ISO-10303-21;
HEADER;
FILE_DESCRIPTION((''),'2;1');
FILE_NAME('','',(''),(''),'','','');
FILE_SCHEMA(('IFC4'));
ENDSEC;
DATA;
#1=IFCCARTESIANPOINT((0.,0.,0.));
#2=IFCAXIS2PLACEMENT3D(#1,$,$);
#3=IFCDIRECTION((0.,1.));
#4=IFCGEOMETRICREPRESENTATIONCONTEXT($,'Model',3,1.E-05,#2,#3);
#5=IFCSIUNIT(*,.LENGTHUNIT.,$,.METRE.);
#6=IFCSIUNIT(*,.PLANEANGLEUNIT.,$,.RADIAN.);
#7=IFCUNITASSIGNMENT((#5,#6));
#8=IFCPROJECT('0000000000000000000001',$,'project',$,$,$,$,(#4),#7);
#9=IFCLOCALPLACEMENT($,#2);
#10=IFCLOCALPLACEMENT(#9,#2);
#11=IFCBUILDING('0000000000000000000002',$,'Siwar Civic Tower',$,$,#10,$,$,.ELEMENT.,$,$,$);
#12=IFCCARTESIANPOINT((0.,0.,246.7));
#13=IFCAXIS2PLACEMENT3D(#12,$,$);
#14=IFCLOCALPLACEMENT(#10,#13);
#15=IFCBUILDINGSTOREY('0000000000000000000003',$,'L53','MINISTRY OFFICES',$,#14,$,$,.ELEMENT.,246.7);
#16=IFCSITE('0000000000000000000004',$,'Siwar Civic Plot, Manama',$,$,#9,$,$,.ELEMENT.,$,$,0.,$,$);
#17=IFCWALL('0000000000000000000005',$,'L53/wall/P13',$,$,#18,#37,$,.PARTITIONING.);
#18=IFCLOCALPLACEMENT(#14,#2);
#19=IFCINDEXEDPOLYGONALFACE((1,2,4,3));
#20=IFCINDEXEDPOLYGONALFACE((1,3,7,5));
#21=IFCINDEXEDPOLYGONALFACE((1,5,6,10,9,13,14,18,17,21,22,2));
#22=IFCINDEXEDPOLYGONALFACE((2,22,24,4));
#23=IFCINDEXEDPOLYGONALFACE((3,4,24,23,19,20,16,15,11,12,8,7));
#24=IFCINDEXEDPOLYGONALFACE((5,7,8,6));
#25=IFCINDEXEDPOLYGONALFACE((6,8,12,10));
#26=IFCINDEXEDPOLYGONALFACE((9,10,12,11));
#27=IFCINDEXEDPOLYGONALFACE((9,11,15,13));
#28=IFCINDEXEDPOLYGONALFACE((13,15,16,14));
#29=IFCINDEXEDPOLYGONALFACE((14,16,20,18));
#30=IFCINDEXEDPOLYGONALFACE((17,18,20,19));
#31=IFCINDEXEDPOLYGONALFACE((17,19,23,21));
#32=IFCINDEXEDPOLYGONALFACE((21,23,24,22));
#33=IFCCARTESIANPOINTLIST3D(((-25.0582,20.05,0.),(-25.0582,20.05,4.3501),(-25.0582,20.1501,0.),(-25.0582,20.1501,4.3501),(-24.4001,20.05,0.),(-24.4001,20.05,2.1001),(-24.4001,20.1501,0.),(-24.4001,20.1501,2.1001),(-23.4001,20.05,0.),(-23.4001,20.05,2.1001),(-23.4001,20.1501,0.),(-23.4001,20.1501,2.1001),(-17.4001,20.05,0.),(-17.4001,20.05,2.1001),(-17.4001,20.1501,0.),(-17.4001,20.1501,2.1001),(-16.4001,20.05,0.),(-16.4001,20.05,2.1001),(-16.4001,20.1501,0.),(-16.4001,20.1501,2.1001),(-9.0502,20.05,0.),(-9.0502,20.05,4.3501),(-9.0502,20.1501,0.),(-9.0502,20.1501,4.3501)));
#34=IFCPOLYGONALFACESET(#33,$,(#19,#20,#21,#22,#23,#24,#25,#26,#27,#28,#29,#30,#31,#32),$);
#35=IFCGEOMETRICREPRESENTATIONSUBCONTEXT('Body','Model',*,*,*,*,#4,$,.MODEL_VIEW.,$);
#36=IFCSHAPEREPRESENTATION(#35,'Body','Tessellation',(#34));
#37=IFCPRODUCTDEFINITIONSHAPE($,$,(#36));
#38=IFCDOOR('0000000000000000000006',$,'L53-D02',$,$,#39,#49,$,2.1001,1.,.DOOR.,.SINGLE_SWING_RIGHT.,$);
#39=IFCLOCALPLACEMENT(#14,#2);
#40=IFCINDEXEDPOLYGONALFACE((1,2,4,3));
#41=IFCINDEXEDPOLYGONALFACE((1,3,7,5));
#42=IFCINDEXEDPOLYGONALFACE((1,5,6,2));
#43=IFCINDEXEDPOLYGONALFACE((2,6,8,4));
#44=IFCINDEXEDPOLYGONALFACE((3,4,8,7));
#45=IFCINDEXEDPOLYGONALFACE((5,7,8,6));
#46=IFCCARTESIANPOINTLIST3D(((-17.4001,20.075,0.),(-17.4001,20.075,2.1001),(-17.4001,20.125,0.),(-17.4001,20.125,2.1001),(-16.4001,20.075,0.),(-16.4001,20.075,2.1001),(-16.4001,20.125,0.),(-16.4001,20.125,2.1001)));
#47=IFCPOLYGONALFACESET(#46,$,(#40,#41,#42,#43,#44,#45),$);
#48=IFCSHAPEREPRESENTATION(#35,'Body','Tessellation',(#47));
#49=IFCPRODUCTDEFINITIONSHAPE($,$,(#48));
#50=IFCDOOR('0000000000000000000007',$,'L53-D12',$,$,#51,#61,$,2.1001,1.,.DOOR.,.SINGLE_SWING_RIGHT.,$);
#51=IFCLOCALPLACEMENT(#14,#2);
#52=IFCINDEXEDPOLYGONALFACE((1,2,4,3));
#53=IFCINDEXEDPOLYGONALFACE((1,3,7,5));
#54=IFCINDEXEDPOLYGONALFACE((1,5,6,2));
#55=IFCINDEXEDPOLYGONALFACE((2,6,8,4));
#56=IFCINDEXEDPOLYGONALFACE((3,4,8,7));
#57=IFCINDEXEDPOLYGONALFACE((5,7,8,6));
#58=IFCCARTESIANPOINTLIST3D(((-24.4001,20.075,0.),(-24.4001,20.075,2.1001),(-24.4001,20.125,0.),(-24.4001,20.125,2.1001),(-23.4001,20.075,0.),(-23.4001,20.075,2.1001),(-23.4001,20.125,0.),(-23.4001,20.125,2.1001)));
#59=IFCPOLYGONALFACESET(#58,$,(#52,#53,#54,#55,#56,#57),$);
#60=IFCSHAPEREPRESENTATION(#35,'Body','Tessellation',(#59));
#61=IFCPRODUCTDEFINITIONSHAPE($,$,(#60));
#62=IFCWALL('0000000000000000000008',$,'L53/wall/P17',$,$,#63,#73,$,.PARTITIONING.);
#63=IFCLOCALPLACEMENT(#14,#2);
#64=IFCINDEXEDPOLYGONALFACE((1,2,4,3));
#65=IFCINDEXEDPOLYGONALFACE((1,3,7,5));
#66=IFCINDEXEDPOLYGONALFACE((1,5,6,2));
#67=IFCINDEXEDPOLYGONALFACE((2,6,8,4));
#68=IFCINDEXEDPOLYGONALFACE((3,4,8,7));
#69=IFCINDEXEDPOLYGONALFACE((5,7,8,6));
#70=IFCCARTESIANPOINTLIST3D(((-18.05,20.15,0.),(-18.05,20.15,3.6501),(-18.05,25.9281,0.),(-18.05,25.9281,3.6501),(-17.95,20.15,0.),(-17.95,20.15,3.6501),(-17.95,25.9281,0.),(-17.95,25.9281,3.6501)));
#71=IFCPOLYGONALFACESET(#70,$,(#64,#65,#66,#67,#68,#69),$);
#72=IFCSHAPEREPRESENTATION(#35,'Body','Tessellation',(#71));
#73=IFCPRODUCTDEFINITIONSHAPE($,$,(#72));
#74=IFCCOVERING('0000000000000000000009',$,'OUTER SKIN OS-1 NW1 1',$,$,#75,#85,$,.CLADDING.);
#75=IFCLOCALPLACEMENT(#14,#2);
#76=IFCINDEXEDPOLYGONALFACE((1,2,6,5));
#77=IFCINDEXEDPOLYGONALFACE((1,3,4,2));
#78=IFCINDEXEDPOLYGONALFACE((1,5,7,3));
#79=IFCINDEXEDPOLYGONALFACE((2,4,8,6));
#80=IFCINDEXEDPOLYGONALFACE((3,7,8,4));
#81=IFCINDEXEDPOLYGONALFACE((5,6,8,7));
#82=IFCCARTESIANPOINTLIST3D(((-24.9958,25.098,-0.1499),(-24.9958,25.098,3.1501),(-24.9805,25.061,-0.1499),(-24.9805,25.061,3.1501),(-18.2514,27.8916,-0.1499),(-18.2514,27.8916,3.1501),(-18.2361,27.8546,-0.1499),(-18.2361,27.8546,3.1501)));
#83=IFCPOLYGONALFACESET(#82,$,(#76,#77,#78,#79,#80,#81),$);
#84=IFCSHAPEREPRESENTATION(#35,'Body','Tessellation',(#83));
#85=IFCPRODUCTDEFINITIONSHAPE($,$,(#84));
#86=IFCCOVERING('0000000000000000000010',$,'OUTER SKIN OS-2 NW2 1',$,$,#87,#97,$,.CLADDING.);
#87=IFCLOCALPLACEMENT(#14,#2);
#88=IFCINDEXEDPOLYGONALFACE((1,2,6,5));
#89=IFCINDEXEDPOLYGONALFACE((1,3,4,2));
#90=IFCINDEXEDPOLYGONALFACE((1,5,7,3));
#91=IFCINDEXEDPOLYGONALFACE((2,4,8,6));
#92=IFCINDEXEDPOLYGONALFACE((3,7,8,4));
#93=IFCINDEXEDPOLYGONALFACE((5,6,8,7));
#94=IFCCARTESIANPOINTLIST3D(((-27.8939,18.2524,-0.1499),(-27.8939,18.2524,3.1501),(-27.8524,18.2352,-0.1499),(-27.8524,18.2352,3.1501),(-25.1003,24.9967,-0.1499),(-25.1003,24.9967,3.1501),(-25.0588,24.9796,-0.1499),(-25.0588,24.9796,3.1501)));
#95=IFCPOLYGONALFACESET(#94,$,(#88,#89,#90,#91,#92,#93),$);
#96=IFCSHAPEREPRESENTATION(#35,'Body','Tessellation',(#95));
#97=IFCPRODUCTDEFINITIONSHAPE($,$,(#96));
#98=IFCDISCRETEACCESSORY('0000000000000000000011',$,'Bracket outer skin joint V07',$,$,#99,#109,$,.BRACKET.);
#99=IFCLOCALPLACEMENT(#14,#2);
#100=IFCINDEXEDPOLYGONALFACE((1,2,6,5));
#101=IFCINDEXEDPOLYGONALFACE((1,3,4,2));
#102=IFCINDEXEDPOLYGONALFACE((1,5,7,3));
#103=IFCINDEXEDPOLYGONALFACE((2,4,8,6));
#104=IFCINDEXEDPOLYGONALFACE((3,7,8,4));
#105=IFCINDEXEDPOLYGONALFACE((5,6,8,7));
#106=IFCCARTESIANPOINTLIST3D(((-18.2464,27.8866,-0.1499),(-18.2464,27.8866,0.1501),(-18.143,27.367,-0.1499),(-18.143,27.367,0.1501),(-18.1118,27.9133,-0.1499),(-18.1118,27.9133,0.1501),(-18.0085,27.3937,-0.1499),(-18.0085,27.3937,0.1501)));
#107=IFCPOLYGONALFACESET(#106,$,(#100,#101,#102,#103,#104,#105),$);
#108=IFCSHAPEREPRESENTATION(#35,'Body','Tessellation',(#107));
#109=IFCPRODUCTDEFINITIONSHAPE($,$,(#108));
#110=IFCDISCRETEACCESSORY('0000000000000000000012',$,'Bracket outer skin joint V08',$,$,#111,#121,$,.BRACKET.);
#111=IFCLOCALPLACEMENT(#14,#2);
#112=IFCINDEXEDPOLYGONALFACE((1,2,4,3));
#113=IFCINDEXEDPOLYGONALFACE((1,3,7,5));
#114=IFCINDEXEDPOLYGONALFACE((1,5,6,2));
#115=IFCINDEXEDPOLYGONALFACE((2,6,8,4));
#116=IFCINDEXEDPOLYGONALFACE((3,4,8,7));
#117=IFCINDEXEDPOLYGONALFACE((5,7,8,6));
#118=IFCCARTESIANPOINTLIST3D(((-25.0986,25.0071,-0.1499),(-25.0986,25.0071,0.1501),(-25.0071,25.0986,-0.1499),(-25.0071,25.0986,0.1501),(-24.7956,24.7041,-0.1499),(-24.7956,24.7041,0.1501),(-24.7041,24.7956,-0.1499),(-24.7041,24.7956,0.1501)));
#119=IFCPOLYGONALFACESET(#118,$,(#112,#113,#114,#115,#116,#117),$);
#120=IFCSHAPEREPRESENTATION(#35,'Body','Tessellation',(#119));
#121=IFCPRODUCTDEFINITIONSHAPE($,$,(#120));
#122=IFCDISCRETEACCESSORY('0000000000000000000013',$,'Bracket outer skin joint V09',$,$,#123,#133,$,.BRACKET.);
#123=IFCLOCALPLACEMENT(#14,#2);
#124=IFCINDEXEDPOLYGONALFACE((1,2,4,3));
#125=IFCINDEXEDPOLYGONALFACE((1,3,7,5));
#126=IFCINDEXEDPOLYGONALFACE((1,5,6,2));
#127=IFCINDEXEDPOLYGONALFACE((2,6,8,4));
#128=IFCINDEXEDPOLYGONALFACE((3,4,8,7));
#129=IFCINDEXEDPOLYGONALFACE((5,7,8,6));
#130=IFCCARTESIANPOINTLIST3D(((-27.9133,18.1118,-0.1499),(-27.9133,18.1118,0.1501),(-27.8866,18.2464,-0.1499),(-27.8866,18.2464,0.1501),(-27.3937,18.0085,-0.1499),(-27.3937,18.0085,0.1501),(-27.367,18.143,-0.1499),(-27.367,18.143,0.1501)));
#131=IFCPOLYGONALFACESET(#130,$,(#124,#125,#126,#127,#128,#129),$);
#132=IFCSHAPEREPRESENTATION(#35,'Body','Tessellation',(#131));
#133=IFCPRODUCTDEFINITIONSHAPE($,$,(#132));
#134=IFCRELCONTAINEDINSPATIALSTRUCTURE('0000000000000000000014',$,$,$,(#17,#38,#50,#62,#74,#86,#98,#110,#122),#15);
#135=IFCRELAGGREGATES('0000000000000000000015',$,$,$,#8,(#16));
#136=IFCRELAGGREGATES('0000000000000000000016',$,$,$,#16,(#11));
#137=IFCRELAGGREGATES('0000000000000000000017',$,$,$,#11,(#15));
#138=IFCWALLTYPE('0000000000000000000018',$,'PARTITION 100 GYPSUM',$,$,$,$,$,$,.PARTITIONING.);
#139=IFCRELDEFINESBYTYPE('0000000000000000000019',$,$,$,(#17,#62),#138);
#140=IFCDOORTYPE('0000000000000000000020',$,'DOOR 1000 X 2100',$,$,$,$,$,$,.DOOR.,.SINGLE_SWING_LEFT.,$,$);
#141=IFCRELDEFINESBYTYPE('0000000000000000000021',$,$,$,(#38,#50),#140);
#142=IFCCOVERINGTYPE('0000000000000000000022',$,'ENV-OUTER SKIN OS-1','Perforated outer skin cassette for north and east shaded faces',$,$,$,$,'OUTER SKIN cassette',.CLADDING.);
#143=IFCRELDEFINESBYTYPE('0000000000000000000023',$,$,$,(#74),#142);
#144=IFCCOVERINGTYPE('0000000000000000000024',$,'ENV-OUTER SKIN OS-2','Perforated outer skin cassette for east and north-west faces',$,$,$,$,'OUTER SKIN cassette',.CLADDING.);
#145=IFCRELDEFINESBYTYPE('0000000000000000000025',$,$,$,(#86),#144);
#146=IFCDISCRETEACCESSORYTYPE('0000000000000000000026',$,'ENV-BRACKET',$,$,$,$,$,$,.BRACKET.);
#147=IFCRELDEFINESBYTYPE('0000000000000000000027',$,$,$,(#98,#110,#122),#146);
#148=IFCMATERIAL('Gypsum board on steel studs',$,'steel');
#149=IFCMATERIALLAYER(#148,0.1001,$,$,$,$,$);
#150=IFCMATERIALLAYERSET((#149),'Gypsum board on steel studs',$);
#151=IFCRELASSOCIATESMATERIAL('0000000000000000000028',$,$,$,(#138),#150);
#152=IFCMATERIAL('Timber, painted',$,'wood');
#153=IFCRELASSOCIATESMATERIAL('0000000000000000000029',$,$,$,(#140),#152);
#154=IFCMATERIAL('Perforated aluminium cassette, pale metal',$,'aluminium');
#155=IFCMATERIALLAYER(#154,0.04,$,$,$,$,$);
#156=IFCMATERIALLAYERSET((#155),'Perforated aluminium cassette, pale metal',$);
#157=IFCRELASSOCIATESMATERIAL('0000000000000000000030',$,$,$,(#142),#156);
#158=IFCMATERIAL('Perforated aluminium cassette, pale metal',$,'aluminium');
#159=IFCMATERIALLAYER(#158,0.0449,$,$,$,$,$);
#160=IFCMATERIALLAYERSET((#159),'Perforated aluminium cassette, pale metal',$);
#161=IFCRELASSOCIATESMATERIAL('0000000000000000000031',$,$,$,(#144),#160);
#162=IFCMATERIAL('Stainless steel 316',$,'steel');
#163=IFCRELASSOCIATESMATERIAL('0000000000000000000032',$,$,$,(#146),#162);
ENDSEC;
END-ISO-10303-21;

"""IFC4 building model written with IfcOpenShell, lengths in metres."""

from ifc_helpers import new_model, si_unit, direction, frame, frame_2d, origin, origin_2d, place, context, subcontext, project, spatial, rectangle, extrude, material, layer, layer_set, type_object, element, fill, save


model = new_model("IFC4")

# Units and contexts
model_context = context("Model", 3, precision=1e-05, world=origin(), true_north=direction((0.0, 1.0)))
body_context = subcontext(model_context, "Body", "Model", "MODEL_VIEW")
ifc_project = project(units=[si_unit("LENGTHUNIT", "METRE"), si_unit("PLANEANGLEUNIT", "RADIAN")], contexts=[model_context])

# Site, building, storey
site_placement = place(None, origin())
site = spatial("IfcSite", under=ifc_project, at=site_placement, Name="Siwar Civic Plot, Manama", CompositionType="ELEMENT", RefElevation=0.0)
building_placement = place(site_placement, origin())
building = spatial("IfcBuilding", under=site, at=building_placement, Name="Siwar Civic Tower", CompositionType="ELEMENT")
storey_placement = place(building_placement, frame((0.0, 0.0, 246.7)))
storey = spatial("IfcBuildingStorey", under=building, at=storey_placement, Name="L53", Description="MINISTRY OFFICES", CompositionType="ELEMENT", Elevation=246.7)

# Wall, openings, doors
ifc_material_1 = material(Name="Gypsum board on steel studs", Category="steel")
ifc_layer_1 = layer(ifc_material_1, 0.1001)
ifc_layer_set_1 = layer_set([ifc_layer_1], Name="Gypsum board on steel studs")
wall_type = type_object("IfcWallType", Name="PARTITION 100 GYPSUM", PredefinedType="PARTITIONING", material=ifc_layer_set_1)
wall_1_placement = place(storey_placement, frame((-25.0581, 20.1001, 0.0), z_axis=(0.0, 0.0, 1.0), x_axis=(1.0, 0.0, 0.0)))
wall_1 = element("IfcWall", 1, at=wall_1_placement, inside=storey, type_object=wall_type, Name="L53/wall/P13", PredefinedType="PARTITIONING", context=body_context, shape_type="SweptSolid", body=[
    extrude(rectangle(XDim=16.0081, YDim=0.1001, at=frame_2d((8.0039, 0.0))), origin(), (0.0, 0.0, 1.0), 4.3501),
])
opening_1_placement = place(wall_1_placement, frame((7.658, 0.0, 0.0)))
opening_1 = element("IfcOpeningElement", 2, at=opening_1_placement, cuts=wall_1, PredefinedType="OPENING", context=body_context, shape_type="SweptSolid", body=[
    extrude(rectangle(XDim=1.0, YDim=2.1001, at=frame_2d((0.5, 1.05))), frame((0.0, 0.0601, 0.0), z_axis=(0.0, -1.0, 0.0), x_axis=(1.0, 0.0, 0.0)), (0.0, 0.0, 1.0), 0.1201),
])
opening_2_placement = place(wall_1_placement, frame((0.658, 0.0, 0.0)))
opening_2 = element("IfcOpeningElement", 3, at=opening_2_placement, cuts=wall_1, PredefinedType="OPENING", context=body_context, shape_type="SweptSolid", body=[
    extrude(rectangle(XDim=1.0, YDim=2.1001, at=frame_2d((0.5, 1.05))), frame((0.0, 0.0601, 0.0), z_axis=(0.0, -1.0, 0.0), x_axis=(1.0, 0.0, 0.0)), (0.0, 0.0, 1.0), 0.1201),
])
ifc_material_2 = material(Name="Timber, painted", Category="wood")
door_type = type_object("IfcDoorType", Name="DOOR 1000 X 2100", OperationType="SINGLE_SWING_LEFT", PredefinedType="DOOR", material=ifc_material_2)
door_1_placement = place(opening_1_placement, origin())
door_1 = element("IfcDoor", 4, at=door_1_placement, inside=storey, type_object=door_type, Name="L53-D02", OperationType="SINGLE_SWING_RIGHT", OverallHeight=2.1001, OverallWidth=1.0, PredefinedType="DOOR", context=body_context, shape_type="SweptSolid", body=[
    extrude(rectangle(XDim=1.0, YDim=2.1001, at=frame_2d((0.5, 1.05))), frame((0.0, 0.0249, 0.0), z_axis=(0.0, -1.0, 0.0), x_axis=(1.0, 0.0, 0.0)), (0.0, 0.0, 1.0), 0.05),
])
fill(opening_1, door_1)
door_2_placement = place(opening_2_placement, origin())
door_2 = element("IfcDoor", 5, at=door_2_placement, inside=storey, type_object=door_type, Name="L53-D12", OperationType="SINGLE_SWING_RIGHT", OverallHeight=2.1001, OverallWidth=1.0, PredefinedType="DOOR", context=body_context, shape_type="SweptSolid", body=[
    extrude(rectangle(XDim=1.0, YDim=2.1001, at=frame_2d((0.5, 1.05))), frame((0.0, 0.0249, 0.0), z_axis=(0.0, -1.0, 0.0), x_axis=(1.0, 0.0, 0.0)), (0.0, 0.0, 1.0), 0.05),
])
fill(opening_2, door_2)

# Wall
wall_2_placement = place(storey_placement, frame((-18.0, 20.1499, 0.0), z_axis=(0.0, 0.0, 1.0), x_axis=(0.0, 1.0, 0.0)))
element("IfcWall", 6, at=wall_2_placement, inside=storey, type_object=wall_type, Name="L53/wall/P17", PredefinedType="PARTITIONING", context=body_context, shape_type="SweptSolid", body=[
    extrude(rectangle(XDim=5.7781, YDim=0.1001, at=frame_2d((2.8892, 0.0))), origin(), (0.0, 0.0, 1.0), 3.6501),
])

# Coverings
ifc_material_3 = material(Name="Perforated aluminium cassette, pale metal", Category="aluminium")
ifc_layer_2 = layer(ifc_material_3, 0.04)
ifc_layer_set_2 = layer_set([ifc_layer_2], Name="Perforated aluminium cassette, pale metal")
covering_type_1 = type_object("IfcCoveringType", Name="ENV-OUTER SKIN OS-1", Description="Perforated outer skin cassette for north and east shaded faces", ElementType="OUTER SKIN cassette", PredefinedType="CLADDING", material=ifc_layer_set_2)
covering_1_placement = place(storey_placement, frame((-21.616, 26.4763, -0.1499), z_axis=(0.0, 0.0, 1.0), x_axis=(-0.92388, -0.382683, 0.0)))
element("IfcCovering", 7, at=covering_1_placement, inside=storey, type_object=covering_type_1, Name="OUTER SKIN OS-1 NW1 1", PredefinedType="CLADDING", context=body_context, shape_type="SweptSolid", body=[
    extrude(rectangle(XDim=7.3, YDim=0.04, at=origin_2d()), origin(), (0.0, 0.0, 1.0), 3.3),
])
ifc_material_4 = material(Name="Perforated aluminium cassette, pale metal", Category="aluminium")
ifc_layer_3 = layer(ifc_material_4, 0.0449)
ifc_layer_set_3 = layer_set([ifc_layer_3], Name="Perforated aluminium cassette, pale metal")
covering_type_2 = type_object("IfcCoveringType", Name="ENV-OUTER SKIN OS-2", Description="Perforated outer skin cassette for east and north-west faces", ElementType="OUTER SKIN cassette", PredefinedType="CLADDING", material=ifc_layer_set_3)
covering_2_placement = place(storey_placement, frame((-26.4763, 21.616, -0.1499), z_axis=(0.0, 0.0, 1.0), x_axis=(-0.382683, -0.92388, 0.0)))
element("IfcCovering", 8, at=covering_2_placement, inside=storey, type_object=covering_type_2, Name="OUTER SKIN OS-2 NW2 1", PredefinedType="CLADDING", context=body_context, shape_type="SweptSolid", body=[
    extrude(rectangle(XDim=7.3, YDim=0.0449, at=origin_2d()), origin(), (0.0, 0.0, 1.0), 3.3),
])

# Discrete accessories
ifc_material_5 = material(Name="Stainless steel 316", Category="steel")
discrete_accessory_type = type_object("IfcDiscreteAccessoryType", Name="ENV-BRACKET", PredefinedType="BRACKET", material=ifc_material_5)
discrete_accessory_1_placement = place(storey_placement, frame((-18.1274, 27.6401, -0.1499), z_axis=(0.0, 0.0, 1.0), x_axis=(-0.19509, 0.980785, 0.0)))
element("IfcDiscreteAccessory", 9, at=discrete_accessory_1_placement, inside=storey, type_object=discrete_accessory_type, Name="Bracket outer skin joint V07", PredefinedType="BRACKET", context=body_context, shape_type="SweptSolid", body=[
    extrude(rectangle(XDim=0.5298, YDim=0.1372, at=origin_2d()), origin(), (0.0, 0.0, 1.0), 0.3),
])
discrete_accessory_2_placement = place(storey_placement, frame((-24.9014, 24.9014, -0.1499), z_axis=(0.0, 0.0, 1.0), x_axis=(-0.707107, 0.707107, 0.0)))
element("IfcDiscreteAccessory", 10, at=discrete_accessory_2_placement, inside=storey, type_object=discrete_accessory_type, Name="Bracket outer skin joint V08", PredefinedType="BRACKET", context=body_context, shape_type="SweptSolid", body=[
    extrude(rectangle(XDim=0.4285, YDim=0.1294, at=origin_2d()), origin(), (0.0, 0.0, 1.0), 0.3),
])
discrete_accessory_3_placement = place(storey_placement, frame((-27.6401, 18.1274, -0.1499), z_axis=(0.0, 0.0, 1.0), x_axis=(-0.980785, 0.19509, 0.0)))
element("IfcDiscreteAccessory", 11, at=discrete_accessory_3_placement, inside=storey, type_object=discrete_accessory_type, Name="Bracket outer skin joint V09", PredefinedType="BRACKET", context=body_context, shape_type="SweptSolid", body=[
    extrude(rectangle(XDim=0.5298, YDim=0.1372, at=origin_2d()), origin(), (0.0, 0.0, 1.0), 0.3),
])

save(model, "model.ifc")
